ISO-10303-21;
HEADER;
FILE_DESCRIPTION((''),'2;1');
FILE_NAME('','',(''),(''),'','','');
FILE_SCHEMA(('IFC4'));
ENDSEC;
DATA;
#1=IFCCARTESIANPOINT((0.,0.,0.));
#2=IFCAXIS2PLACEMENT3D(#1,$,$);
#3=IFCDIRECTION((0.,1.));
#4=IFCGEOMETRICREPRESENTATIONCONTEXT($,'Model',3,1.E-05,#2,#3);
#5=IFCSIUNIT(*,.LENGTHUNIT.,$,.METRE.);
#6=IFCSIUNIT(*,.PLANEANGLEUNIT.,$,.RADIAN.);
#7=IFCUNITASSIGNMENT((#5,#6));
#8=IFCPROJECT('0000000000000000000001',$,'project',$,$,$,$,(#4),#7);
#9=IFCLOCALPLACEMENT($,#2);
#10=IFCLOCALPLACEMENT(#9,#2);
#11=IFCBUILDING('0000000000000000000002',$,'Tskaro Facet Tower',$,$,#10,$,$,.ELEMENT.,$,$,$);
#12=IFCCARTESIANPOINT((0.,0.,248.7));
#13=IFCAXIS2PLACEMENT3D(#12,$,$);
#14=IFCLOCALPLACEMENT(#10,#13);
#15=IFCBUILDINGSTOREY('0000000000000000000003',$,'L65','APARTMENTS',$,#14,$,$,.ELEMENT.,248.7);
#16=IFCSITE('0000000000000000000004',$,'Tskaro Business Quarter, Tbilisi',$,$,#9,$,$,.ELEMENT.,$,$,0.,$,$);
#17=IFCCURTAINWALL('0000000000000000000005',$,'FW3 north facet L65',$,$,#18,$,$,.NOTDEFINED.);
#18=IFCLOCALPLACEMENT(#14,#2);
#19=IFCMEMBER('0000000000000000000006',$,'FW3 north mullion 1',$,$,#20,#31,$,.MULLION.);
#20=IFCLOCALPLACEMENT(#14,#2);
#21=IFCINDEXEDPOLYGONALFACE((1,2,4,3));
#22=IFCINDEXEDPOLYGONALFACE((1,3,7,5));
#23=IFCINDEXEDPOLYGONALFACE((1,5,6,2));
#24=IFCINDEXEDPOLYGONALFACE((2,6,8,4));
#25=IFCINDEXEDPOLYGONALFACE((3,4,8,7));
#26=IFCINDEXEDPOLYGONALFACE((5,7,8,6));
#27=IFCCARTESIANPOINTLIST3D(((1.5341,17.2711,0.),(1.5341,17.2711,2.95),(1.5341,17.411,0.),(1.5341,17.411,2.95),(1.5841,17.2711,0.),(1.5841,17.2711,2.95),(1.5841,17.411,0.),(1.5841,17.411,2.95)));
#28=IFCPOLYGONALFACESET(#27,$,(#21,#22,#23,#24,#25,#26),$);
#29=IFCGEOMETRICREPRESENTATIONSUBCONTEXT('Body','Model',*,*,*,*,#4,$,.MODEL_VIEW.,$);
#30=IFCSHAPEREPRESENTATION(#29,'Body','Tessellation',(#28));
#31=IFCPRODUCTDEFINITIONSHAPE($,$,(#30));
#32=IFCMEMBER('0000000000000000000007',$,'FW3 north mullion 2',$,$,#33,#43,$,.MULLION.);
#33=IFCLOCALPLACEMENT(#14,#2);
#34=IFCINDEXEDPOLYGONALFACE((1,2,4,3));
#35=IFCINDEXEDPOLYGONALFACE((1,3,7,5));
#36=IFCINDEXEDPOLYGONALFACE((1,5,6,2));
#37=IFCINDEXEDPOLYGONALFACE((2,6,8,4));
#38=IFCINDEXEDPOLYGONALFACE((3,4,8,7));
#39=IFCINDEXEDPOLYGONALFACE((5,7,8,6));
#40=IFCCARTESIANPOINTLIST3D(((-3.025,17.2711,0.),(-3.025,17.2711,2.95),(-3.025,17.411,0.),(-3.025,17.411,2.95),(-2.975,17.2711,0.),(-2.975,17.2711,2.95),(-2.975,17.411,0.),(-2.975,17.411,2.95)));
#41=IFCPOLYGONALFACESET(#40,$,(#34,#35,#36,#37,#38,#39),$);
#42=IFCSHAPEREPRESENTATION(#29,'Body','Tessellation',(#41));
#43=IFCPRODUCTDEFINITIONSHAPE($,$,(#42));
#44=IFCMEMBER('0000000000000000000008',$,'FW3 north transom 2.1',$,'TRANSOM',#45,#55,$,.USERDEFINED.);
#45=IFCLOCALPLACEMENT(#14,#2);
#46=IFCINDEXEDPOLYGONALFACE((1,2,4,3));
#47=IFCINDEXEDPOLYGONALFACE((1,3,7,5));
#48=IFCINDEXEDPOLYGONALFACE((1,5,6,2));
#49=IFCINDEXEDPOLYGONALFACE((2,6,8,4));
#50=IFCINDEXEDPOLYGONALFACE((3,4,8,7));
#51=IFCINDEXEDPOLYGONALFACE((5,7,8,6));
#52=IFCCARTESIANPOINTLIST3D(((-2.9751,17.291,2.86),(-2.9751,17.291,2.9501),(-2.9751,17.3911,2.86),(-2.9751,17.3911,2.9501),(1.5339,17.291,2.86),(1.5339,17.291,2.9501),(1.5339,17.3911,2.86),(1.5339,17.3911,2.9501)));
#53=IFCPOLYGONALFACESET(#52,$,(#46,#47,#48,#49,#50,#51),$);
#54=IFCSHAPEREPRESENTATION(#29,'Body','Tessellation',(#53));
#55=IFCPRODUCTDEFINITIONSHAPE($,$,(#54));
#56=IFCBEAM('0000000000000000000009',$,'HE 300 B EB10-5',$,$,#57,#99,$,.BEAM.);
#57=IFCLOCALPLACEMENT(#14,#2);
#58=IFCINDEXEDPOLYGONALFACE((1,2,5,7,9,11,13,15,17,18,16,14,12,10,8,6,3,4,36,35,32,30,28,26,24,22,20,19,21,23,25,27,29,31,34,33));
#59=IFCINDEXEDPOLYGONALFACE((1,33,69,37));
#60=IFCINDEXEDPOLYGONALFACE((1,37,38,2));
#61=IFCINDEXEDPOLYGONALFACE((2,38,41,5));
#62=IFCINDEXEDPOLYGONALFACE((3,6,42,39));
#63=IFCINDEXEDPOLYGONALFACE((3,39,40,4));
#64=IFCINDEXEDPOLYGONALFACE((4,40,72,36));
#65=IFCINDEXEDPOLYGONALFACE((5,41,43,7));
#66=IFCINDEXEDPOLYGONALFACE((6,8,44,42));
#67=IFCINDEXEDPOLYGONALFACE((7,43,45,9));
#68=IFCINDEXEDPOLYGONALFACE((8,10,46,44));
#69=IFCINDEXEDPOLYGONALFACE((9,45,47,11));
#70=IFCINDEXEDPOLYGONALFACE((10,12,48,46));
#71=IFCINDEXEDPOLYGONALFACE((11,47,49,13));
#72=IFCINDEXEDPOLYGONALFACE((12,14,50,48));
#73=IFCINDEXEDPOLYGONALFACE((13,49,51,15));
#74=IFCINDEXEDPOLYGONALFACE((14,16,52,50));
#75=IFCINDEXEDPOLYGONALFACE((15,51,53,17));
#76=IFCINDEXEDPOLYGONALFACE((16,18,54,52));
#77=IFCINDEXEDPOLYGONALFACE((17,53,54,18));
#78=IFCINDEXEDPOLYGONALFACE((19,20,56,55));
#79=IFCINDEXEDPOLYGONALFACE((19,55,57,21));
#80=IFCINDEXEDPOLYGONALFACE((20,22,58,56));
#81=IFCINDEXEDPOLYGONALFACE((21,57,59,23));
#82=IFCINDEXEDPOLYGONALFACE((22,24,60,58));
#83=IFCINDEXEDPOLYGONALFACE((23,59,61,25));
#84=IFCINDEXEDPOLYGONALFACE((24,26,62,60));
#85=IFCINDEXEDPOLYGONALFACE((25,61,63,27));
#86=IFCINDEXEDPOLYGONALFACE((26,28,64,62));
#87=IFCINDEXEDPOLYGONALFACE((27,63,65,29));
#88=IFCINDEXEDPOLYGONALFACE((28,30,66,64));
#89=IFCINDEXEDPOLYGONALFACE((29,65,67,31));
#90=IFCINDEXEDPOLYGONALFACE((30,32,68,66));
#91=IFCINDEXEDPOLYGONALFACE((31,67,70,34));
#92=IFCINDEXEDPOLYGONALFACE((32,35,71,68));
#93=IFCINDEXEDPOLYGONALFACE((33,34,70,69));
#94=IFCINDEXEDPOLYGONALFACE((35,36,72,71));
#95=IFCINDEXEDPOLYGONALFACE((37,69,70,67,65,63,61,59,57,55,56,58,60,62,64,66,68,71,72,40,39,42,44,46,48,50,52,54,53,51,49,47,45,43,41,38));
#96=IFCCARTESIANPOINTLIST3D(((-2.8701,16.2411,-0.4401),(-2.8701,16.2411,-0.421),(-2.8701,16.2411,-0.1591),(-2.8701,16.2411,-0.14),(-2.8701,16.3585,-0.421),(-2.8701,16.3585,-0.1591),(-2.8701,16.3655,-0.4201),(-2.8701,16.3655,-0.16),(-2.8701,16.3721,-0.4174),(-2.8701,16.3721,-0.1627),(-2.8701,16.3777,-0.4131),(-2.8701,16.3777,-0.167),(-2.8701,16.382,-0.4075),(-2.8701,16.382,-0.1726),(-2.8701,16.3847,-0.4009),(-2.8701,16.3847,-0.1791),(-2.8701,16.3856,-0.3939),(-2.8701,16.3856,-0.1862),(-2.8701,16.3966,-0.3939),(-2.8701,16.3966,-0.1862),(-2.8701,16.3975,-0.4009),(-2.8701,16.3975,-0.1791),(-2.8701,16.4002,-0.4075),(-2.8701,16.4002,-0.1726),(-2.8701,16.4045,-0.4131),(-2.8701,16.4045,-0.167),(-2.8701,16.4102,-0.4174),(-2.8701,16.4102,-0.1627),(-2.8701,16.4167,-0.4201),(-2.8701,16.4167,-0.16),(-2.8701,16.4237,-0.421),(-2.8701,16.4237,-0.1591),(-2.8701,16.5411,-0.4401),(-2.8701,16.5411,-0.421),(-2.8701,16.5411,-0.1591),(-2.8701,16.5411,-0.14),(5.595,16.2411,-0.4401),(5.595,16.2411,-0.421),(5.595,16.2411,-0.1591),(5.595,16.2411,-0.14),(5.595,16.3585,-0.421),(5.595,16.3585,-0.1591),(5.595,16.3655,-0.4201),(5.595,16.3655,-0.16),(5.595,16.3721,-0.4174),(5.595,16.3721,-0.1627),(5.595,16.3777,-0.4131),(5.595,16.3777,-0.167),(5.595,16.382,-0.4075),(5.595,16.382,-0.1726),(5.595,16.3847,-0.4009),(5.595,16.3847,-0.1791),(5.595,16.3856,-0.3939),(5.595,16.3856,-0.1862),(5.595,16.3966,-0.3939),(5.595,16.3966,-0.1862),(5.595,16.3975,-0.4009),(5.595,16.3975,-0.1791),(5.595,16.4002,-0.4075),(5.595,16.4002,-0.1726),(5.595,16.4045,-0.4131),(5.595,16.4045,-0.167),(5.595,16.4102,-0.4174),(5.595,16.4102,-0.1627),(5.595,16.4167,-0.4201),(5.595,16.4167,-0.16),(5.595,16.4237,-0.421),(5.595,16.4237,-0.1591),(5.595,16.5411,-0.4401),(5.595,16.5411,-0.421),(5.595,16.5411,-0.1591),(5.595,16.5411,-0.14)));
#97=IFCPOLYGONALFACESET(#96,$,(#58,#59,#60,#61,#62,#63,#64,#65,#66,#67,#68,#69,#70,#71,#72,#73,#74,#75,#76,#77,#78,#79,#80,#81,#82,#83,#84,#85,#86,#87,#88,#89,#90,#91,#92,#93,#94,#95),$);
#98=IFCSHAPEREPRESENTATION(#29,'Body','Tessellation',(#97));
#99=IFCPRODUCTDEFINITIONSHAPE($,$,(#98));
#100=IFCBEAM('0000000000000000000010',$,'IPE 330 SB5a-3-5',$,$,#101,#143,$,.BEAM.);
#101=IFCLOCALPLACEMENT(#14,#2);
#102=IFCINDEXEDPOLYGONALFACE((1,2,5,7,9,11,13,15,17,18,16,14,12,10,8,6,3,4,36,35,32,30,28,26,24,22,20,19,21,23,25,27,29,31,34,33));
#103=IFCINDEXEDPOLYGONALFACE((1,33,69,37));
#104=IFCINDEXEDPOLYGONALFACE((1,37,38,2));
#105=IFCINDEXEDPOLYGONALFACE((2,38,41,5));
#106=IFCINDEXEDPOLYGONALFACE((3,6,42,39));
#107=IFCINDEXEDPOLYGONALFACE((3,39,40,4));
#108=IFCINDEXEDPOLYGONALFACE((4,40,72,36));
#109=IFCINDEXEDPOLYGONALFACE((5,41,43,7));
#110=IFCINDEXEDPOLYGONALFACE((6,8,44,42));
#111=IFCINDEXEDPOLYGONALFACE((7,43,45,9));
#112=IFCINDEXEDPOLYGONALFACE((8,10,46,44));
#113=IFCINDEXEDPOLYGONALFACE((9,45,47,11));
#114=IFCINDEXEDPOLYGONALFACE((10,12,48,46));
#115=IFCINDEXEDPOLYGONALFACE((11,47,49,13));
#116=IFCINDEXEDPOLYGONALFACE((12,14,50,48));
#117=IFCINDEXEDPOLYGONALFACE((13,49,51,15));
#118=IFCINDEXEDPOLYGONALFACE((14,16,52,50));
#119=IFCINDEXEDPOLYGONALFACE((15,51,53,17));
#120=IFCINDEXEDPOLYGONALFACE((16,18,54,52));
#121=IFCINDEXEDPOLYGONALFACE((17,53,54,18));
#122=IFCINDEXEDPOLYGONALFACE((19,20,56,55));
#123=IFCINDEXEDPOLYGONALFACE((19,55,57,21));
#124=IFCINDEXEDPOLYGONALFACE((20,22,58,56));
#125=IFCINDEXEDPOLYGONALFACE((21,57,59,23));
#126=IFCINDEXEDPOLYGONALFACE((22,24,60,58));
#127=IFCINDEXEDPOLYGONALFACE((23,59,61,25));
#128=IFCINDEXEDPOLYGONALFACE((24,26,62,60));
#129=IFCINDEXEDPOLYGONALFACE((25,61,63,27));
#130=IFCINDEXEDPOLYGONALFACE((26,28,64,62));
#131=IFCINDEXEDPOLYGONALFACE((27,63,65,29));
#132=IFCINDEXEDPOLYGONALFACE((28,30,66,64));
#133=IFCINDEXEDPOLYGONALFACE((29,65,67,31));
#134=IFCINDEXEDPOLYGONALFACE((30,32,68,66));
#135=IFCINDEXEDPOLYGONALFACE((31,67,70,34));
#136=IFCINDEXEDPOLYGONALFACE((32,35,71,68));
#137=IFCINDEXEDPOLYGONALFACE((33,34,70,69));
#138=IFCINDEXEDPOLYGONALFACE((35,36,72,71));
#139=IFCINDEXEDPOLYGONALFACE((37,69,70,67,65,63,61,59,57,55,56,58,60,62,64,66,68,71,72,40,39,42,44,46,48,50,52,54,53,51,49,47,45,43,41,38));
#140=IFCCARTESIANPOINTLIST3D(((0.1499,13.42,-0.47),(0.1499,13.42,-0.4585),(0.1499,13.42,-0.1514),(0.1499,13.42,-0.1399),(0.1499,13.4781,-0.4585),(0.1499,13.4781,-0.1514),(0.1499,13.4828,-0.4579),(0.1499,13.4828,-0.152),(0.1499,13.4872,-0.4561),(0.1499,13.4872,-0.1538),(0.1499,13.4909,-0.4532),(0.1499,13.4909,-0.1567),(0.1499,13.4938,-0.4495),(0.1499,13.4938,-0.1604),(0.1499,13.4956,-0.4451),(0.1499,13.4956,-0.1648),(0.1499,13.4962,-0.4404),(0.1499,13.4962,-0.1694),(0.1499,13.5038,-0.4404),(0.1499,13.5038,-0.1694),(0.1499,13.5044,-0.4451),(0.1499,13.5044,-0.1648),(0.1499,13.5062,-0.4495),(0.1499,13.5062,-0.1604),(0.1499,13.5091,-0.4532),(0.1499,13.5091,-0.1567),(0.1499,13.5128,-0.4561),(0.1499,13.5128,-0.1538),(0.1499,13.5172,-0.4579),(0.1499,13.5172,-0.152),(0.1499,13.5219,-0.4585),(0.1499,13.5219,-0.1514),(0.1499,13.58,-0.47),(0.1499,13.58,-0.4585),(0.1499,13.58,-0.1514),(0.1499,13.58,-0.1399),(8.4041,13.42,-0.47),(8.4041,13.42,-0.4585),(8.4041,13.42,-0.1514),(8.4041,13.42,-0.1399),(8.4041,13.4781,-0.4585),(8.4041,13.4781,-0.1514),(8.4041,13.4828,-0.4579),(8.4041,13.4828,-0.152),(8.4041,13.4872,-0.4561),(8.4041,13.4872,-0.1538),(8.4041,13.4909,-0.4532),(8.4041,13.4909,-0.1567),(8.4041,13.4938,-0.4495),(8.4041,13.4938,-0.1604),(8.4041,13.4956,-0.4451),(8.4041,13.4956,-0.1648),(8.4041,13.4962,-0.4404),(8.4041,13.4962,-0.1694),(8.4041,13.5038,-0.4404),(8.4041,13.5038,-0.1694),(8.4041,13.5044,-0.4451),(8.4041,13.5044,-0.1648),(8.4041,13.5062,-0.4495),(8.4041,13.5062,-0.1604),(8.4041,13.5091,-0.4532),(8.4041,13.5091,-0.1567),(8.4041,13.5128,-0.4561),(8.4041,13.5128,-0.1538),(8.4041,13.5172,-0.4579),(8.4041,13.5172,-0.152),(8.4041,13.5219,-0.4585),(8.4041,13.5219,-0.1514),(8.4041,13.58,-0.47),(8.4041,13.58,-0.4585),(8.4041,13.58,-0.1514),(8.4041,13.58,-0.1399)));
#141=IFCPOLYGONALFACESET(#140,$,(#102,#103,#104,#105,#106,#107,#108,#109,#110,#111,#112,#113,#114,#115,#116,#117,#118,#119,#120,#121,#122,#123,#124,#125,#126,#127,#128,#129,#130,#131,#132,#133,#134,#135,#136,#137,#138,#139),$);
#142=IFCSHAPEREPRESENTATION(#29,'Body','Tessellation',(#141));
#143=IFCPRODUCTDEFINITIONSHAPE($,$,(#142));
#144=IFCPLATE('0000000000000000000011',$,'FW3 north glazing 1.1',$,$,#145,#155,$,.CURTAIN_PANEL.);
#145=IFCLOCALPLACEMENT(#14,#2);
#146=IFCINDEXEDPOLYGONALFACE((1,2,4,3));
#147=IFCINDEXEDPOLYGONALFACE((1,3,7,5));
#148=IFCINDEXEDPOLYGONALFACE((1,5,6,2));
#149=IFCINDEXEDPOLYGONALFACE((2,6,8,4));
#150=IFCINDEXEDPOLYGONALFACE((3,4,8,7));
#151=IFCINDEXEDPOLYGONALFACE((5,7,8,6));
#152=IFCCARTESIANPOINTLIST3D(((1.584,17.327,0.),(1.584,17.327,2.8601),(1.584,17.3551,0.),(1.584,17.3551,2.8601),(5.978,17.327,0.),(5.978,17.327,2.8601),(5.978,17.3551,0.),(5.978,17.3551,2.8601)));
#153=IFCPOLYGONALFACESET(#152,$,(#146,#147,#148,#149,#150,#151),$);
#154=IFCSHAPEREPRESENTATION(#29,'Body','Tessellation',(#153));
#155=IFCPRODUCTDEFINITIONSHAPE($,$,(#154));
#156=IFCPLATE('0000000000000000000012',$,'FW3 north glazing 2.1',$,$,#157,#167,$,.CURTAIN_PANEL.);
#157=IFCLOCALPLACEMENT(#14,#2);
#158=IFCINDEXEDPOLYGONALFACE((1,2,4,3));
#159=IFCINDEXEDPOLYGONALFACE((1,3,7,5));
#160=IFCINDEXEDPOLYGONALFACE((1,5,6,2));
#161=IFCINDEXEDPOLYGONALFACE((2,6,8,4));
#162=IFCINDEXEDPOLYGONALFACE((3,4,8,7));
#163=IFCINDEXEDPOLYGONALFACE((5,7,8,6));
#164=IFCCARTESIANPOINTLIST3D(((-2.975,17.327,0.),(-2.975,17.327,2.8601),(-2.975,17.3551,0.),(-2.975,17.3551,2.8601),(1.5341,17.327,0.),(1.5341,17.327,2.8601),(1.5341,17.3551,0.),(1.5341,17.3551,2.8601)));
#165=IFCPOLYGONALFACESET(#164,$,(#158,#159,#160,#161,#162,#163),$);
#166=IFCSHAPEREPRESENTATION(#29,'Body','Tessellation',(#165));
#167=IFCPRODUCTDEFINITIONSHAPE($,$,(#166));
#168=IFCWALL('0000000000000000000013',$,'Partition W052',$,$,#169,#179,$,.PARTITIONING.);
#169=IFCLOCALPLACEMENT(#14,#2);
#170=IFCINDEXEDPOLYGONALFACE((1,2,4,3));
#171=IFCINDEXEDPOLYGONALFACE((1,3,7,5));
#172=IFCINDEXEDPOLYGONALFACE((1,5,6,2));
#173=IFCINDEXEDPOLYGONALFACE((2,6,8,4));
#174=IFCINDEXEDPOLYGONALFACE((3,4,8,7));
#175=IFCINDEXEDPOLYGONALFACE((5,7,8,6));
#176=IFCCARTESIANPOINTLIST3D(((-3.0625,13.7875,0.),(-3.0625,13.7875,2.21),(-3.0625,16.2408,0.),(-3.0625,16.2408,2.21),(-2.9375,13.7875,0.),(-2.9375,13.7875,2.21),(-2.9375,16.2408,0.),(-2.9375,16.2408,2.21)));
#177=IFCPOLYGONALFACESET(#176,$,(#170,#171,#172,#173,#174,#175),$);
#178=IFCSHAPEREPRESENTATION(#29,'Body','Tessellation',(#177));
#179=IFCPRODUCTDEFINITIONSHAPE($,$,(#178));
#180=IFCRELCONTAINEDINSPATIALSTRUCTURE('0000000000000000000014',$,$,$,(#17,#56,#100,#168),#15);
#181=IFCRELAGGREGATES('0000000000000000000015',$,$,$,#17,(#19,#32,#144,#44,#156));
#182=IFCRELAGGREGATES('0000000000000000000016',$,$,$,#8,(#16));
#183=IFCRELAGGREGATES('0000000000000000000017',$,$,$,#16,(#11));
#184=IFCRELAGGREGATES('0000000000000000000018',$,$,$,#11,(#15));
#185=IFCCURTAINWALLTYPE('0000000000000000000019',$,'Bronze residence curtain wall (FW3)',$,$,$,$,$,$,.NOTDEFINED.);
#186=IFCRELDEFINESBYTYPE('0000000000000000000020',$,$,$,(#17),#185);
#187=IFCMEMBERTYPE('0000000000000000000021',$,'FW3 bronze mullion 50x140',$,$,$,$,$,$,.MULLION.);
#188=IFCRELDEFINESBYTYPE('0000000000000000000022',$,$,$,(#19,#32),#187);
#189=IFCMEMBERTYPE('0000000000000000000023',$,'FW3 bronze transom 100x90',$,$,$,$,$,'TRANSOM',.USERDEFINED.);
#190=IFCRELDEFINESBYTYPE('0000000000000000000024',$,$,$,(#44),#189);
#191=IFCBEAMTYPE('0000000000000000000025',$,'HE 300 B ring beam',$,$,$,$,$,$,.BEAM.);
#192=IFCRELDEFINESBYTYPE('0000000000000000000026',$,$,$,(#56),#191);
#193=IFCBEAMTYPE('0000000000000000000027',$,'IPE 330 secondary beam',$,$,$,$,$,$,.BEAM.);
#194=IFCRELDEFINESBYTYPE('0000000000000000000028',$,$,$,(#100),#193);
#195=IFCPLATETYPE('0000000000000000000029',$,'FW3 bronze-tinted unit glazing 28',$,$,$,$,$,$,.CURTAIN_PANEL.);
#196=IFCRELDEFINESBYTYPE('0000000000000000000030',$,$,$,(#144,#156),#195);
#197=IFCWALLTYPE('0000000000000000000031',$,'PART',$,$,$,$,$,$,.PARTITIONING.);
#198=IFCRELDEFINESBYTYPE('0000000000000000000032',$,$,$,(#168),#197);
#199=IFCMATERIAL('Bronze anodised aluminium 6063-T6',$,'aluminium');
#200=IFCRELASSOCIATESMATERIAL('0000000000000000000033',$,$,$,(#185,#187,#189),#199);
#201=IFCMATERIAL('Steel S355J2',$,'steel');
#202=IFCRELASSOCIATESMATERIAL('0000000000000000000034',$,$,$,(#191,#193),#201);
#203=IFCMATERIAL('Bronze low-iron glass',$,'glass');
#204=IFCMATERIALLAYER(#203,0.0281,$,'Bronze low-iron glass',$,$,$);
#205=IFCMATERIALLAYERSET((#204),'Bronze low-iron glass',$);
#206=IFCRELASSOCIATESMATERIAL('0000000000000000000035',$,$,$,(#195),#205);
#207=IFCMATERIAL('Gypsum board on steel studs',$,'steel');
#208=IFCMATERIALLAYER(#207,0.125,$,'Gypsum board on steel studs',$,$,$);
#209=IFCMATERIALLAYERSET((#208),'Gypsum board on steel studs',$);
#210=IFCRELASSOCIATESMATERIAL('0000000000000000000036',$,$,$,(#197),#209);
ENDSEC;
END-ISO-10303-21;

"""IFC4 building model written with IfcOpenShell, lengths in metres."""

from ifc_helpers import new_model, si_unit, direction, frame, frame_2d, origin, origin_2d, place, context, subcontext, project, spatial, rectangle, i_section, extrude, material, layer, layer_set, material_profile, profile_set, type_object, element, aggregate, save


model = new_model("IFC4")

# Units and contexts
model_context = context("Model", 3, precision=1e-05, world=origin(), true_north=direction((0.0, 1.0)))
body_context = subcontext(model_context, "Body", "Model", "MODEL_VIEW")
ifc_project = project(units=[si_unit("LENGTHUNIT", "METRE"), si_unit("PLANEANGLEUNIT", "RADIAN")], contexts=[model_context])

# Site, building, storey
site_placement = place(None, origin())
site = spatial("IfcSite", under=ifc_project, at=site_placement, Name="Tskaro Business Quarter, Tbilisi", CompositionType="ELEMENT", RefElevation=0.0)
building_placement = place(site_placement, origin())
building = spatial("IfcBuilding", under=site, at=building_placement, Name="Tskaro Facet Tower", CompositionType="ELEMENT")
storey_placement = place(building_placement, frame((0.0, 0.0, 248.7)))
storey = spatial("IfcBuildingStorey", under=building, at=storey_placement, Name="L65", Description="APARTMENTS", CompositionType="ELEMENT", Elevation=248.7)

# Curtain wall, members
ifc_material_1 = material(Name="Bronze anodised aluminium 6063-T6", Category="aluminium")
curtain_wall_type = type_object("IfcCurtainWallType", Name="Bronze residence curtain wall (FW3)", PredefinedType="NOTDEFINED", material=ifc_material_1)
curtain_wall_placement = place(storey_placement, origin())
curtain_wall = element("IfcCurtainWall", 1, at=curtain_wall_placement, inside=storey, type_object=curtain_wall_type, Name="FW3 north facet L65", PredefinedType="NOTDEFINED")
ifc_material_profile_1 = material_profile(ifc_material_1, rectangle(XDim=0.05, YDim=0.1399, at=origin_2d()), Name="Mullion 50x140")
ifc_profile_set_1 = profile_set([ifc_material_profile_1], Name="Bronze anodised aluminium 6063-T6")
member_type_1 = type_object("IfcMemberType", Name="FW3 bronze mullion 50x140", PredefinedType="MULLION", material=ifc_profile_set_1)
member_1_placement = place(storey_placement, frame((1.5591, 17.3411, 0.0), z_axis=(0.0, 0.0, 1.0), x_axis=(-1.0, 0.0, 0.0)))
member_1 = element("IfcMember", 2, at=member_1_placement, type_object=member_type_1, Name="FW3 north mullion 1", PredefinedType="MULLION", context=body_context, shape_type="SweptSolid", body=[
    extrude(rectangle(XDim=0.05, YDim=0.1399, at=origin_2d()), origin(), (0.0, 0.0, 1.0), 2.95),
])
member_2_placement = place(storey_placement, frame((-3.0, 17.3411, 0.0), z_axis=(0.0, 0.0, 1.0), x_axis=(-1.0, 0.0, 0.0)))
member_2 = element("IfcMember", 3, at=member_2_placement, type_object=member_type_1, Name="FW3 north mullion 2", PredefinedType="MULLION", context=body_context, shape_type="SweptSolid", body=[
    extrude(rectangle(XDim=0.05, YDim=0.1399, at=origin_2d()), origin(), (0.0, 0.0, 1.0), 2.95),
])
ifc_material_profile_2 = material_profile(ifc_material_1, rectangle(XDim=0.1001, YDim=0.0901, at=origin_2d()), Name="Transom 100x90")
ifc_profile_set_2 = profile_set([ifc_material_profile_2], Name="Bronze anodised aluminium 6063-T6")
member_type_2 = type_object("IfcMemberType", Name="FW3 bronze transom 100x90", ElementType="TRANSOM", PredefinedType="USERDEFINED", material=ifc_profile_set_2)
member_3_placement = place(storey_placement, frame((1.5339, 17.3411, 2.905), z_axis=(-1.0, 0.0, 0.0), x_axis=(0.0, -1.0, 0.0)))
member_3 = element("IfcMember", 4, at=member_3_placement, type_object=member_type_2, Name="FW3 north transom 2.1", ObjectType="TRANSOM", PredefinedType="USERDEFINED", context=body_context, shape_type="SweptSolid", body=[
    extrude(rectangle(XDim=0.1001, YDim=0.0901, at=origin_2d()), origin(), (0.0, 0.0, 1.0), 4.509),
])

# Beams
ifc_material_2 = material(Name="Steel S355J2", Category="steel")
ifc_material_profile_3 = material_profile(ifc_material_2, i_section(OverallWidth=0.3, OverallDepth=0.3, WebThickness=0.011, FlangeThickness=0.019, FilletRadius=0.0271, at=origin_2d()), Name="HE 300 B")
ifc_profile_set_3 = profile_set([ifc_material_profile_3], Name="Steel S355J2")
beam_type_1 = type_object("IfcBeamType", Name="HE 300 B ring beam", PredefinedType="BEAM", material=ifc_profile_set_3)
beam_1_placement = place(storey_placement, frame((5.595, 16.3911, -0.29), z_axis=(-1.0, 0.0, 0.0), x_axis=(0.0, -1.0, 0.0)))
element("IfcBeam", 5, at=beam_1_placement, inside=storey, type_object=beam_type_1, Name="HE 300 B EB10-5", PredefinedType="BEAM", context=body_context, shape_type="SweptSolid", body=[
    extrude(i_section(OverallWidth=0.3, OverallDepth=0.3, WebThickness=0.011, FlangeThickness=0.019, FilletRadius=0.0271, at=origin_2d()), origin(), (0.0, 0.0, 1.0), 8.4651),
])
ifc_material_profile_4 = material_profile(ifc_material_2, i_section(OverallWidth=0.1599, OverallDepth=0.3301, WebThickness=0.0076, FlangeThickness=0.0115, FilletRadius=0.0181, at=origin_2d()), Name="IPE 330")
ifc_profile_set_4 = profile_set([ifc_material_profile_4], Name="Steel S355J2")
beam_type_2 = type_object("IfcBeamType", Name="IPE 330 secondary beam", PredefinedType="BEAM", material=ifc_profile_set_4)
beam_2_placement = place(storey_placement, frame((0.1499, 13.5, -0.3049), z_axis=(1.0, 0.0, 0.0), x_axis=(0.0, 1.0, 0.0)))
element("IfcBeam", 6, at=beam_2_placement, inside=storey, type_object=beam_type_2, Name="IPE 330 SB5a-3-5", PredefinedType="BEAM", context=body_context, shape_type="SweptSolid", body=[
    extrude(i_section(OverallWidth=0.1599, OverallDepth=0.3301, WebThickness=0.0076, FlangeThickness=0.0115, FilletRadius=0.0181, at=origin_2d()), origin(), (0.0, 0.0, 1.0), 8.2542),
])

# Plates
ifc_material_3 = material(Name="Bronze low-iron glass", Category="glass")
ifc_layer_1 = layer(ifc_material_3, 0.0281, Name="Bronze low-iron glass")
ifc_layer_set_1 = layer_set([ifc_layer_1], Name="Bronze low-iron glass")
plate_type = type_object("IfcPlateType", Name="FW3 bronze-tinted unit glazing 28", PredefinedType="CURTAIN_PANEL", material=ifc_layer_set_1)
plate_1_placement = place(storey_placement, frame((3.781, 17.3411, 0.0), z_axis=(0.0, 0.0, 1.0), x_axis=(-1.0, 0.0, 0.0)))
plate_1 = element("IfcPlate", 7, at=plate_1_placement, type_object=plate_type, Name="FW3 north glazing 1.1", PredefinedType="CURTAIN_PANEL", context=body_context, shape_type="SweptSolid", body=[
    extrude(rectangle(XDim=4.394, YDim=0.0281, at=origin_2d()), origin(), (0.0, 0.0, 1.0), 2.8601),
])
plate_2_placement = place(storey_placement, frame((-0.7205, 17.3411, 0.0), z_axis=(0.0, 0.0, 1.0), x_axis=(-1.0, 0.0, 0.0)))
plate_2 = element("IfcPlate", 8, at=plate_2_placement, type_object=plate_type, Name="FW3 north glazing 2.1", PredefinedType="CURTAIN_PANEL", context=body_context, shape_type="SweptSolid", body=[
    extrude(rectangle(XDim=4.509, YDim=0.0281, at=origin_2d()), origin(), (0.0, 0.0, 1.0), 2.8601),
])
aggregate(curtain_wall, [member_1, member_2, plate_1, member_3, plate_2])

# Wall
ifc_material_4 = material(Name="Gypsum board on steel studs", Category="steel")
ifc_layer_2 = layer(ifc_material_4, 0.125, Name="Gypsum board on steel studs")
ifc_layer_set_2 = layer_set([ifc_layer_2], Name="Gypsum board on steel studs")
wall_type_1 = type_object("IfcWallType", Name="PART", PredefinedType="PARTITIONING", material=ifc_layer_set_2)
wall_1_placement = place(storey_placement, frame((-3.0, 13.7876, 0.0), z_axis=(0.0, 0.0, 1.0), x_axis=(0.0, 1.0, 0.0)))
element("IfcWall", 9, at=wall_1_placement, inside=storey, type_object=wall_type_1, Name="Partition W052", PredefinedType="PARTITIONING", context=body_context, shape_type="SweptSolid", body=[
    extrude(rectangle(XDim=2.4534, YDim=0.125, at=frame_2d((1.2266, 0.0))), origin(), (0.0, 0.0, 1.0), 2.21),
])

save(model, "model.ifc")
